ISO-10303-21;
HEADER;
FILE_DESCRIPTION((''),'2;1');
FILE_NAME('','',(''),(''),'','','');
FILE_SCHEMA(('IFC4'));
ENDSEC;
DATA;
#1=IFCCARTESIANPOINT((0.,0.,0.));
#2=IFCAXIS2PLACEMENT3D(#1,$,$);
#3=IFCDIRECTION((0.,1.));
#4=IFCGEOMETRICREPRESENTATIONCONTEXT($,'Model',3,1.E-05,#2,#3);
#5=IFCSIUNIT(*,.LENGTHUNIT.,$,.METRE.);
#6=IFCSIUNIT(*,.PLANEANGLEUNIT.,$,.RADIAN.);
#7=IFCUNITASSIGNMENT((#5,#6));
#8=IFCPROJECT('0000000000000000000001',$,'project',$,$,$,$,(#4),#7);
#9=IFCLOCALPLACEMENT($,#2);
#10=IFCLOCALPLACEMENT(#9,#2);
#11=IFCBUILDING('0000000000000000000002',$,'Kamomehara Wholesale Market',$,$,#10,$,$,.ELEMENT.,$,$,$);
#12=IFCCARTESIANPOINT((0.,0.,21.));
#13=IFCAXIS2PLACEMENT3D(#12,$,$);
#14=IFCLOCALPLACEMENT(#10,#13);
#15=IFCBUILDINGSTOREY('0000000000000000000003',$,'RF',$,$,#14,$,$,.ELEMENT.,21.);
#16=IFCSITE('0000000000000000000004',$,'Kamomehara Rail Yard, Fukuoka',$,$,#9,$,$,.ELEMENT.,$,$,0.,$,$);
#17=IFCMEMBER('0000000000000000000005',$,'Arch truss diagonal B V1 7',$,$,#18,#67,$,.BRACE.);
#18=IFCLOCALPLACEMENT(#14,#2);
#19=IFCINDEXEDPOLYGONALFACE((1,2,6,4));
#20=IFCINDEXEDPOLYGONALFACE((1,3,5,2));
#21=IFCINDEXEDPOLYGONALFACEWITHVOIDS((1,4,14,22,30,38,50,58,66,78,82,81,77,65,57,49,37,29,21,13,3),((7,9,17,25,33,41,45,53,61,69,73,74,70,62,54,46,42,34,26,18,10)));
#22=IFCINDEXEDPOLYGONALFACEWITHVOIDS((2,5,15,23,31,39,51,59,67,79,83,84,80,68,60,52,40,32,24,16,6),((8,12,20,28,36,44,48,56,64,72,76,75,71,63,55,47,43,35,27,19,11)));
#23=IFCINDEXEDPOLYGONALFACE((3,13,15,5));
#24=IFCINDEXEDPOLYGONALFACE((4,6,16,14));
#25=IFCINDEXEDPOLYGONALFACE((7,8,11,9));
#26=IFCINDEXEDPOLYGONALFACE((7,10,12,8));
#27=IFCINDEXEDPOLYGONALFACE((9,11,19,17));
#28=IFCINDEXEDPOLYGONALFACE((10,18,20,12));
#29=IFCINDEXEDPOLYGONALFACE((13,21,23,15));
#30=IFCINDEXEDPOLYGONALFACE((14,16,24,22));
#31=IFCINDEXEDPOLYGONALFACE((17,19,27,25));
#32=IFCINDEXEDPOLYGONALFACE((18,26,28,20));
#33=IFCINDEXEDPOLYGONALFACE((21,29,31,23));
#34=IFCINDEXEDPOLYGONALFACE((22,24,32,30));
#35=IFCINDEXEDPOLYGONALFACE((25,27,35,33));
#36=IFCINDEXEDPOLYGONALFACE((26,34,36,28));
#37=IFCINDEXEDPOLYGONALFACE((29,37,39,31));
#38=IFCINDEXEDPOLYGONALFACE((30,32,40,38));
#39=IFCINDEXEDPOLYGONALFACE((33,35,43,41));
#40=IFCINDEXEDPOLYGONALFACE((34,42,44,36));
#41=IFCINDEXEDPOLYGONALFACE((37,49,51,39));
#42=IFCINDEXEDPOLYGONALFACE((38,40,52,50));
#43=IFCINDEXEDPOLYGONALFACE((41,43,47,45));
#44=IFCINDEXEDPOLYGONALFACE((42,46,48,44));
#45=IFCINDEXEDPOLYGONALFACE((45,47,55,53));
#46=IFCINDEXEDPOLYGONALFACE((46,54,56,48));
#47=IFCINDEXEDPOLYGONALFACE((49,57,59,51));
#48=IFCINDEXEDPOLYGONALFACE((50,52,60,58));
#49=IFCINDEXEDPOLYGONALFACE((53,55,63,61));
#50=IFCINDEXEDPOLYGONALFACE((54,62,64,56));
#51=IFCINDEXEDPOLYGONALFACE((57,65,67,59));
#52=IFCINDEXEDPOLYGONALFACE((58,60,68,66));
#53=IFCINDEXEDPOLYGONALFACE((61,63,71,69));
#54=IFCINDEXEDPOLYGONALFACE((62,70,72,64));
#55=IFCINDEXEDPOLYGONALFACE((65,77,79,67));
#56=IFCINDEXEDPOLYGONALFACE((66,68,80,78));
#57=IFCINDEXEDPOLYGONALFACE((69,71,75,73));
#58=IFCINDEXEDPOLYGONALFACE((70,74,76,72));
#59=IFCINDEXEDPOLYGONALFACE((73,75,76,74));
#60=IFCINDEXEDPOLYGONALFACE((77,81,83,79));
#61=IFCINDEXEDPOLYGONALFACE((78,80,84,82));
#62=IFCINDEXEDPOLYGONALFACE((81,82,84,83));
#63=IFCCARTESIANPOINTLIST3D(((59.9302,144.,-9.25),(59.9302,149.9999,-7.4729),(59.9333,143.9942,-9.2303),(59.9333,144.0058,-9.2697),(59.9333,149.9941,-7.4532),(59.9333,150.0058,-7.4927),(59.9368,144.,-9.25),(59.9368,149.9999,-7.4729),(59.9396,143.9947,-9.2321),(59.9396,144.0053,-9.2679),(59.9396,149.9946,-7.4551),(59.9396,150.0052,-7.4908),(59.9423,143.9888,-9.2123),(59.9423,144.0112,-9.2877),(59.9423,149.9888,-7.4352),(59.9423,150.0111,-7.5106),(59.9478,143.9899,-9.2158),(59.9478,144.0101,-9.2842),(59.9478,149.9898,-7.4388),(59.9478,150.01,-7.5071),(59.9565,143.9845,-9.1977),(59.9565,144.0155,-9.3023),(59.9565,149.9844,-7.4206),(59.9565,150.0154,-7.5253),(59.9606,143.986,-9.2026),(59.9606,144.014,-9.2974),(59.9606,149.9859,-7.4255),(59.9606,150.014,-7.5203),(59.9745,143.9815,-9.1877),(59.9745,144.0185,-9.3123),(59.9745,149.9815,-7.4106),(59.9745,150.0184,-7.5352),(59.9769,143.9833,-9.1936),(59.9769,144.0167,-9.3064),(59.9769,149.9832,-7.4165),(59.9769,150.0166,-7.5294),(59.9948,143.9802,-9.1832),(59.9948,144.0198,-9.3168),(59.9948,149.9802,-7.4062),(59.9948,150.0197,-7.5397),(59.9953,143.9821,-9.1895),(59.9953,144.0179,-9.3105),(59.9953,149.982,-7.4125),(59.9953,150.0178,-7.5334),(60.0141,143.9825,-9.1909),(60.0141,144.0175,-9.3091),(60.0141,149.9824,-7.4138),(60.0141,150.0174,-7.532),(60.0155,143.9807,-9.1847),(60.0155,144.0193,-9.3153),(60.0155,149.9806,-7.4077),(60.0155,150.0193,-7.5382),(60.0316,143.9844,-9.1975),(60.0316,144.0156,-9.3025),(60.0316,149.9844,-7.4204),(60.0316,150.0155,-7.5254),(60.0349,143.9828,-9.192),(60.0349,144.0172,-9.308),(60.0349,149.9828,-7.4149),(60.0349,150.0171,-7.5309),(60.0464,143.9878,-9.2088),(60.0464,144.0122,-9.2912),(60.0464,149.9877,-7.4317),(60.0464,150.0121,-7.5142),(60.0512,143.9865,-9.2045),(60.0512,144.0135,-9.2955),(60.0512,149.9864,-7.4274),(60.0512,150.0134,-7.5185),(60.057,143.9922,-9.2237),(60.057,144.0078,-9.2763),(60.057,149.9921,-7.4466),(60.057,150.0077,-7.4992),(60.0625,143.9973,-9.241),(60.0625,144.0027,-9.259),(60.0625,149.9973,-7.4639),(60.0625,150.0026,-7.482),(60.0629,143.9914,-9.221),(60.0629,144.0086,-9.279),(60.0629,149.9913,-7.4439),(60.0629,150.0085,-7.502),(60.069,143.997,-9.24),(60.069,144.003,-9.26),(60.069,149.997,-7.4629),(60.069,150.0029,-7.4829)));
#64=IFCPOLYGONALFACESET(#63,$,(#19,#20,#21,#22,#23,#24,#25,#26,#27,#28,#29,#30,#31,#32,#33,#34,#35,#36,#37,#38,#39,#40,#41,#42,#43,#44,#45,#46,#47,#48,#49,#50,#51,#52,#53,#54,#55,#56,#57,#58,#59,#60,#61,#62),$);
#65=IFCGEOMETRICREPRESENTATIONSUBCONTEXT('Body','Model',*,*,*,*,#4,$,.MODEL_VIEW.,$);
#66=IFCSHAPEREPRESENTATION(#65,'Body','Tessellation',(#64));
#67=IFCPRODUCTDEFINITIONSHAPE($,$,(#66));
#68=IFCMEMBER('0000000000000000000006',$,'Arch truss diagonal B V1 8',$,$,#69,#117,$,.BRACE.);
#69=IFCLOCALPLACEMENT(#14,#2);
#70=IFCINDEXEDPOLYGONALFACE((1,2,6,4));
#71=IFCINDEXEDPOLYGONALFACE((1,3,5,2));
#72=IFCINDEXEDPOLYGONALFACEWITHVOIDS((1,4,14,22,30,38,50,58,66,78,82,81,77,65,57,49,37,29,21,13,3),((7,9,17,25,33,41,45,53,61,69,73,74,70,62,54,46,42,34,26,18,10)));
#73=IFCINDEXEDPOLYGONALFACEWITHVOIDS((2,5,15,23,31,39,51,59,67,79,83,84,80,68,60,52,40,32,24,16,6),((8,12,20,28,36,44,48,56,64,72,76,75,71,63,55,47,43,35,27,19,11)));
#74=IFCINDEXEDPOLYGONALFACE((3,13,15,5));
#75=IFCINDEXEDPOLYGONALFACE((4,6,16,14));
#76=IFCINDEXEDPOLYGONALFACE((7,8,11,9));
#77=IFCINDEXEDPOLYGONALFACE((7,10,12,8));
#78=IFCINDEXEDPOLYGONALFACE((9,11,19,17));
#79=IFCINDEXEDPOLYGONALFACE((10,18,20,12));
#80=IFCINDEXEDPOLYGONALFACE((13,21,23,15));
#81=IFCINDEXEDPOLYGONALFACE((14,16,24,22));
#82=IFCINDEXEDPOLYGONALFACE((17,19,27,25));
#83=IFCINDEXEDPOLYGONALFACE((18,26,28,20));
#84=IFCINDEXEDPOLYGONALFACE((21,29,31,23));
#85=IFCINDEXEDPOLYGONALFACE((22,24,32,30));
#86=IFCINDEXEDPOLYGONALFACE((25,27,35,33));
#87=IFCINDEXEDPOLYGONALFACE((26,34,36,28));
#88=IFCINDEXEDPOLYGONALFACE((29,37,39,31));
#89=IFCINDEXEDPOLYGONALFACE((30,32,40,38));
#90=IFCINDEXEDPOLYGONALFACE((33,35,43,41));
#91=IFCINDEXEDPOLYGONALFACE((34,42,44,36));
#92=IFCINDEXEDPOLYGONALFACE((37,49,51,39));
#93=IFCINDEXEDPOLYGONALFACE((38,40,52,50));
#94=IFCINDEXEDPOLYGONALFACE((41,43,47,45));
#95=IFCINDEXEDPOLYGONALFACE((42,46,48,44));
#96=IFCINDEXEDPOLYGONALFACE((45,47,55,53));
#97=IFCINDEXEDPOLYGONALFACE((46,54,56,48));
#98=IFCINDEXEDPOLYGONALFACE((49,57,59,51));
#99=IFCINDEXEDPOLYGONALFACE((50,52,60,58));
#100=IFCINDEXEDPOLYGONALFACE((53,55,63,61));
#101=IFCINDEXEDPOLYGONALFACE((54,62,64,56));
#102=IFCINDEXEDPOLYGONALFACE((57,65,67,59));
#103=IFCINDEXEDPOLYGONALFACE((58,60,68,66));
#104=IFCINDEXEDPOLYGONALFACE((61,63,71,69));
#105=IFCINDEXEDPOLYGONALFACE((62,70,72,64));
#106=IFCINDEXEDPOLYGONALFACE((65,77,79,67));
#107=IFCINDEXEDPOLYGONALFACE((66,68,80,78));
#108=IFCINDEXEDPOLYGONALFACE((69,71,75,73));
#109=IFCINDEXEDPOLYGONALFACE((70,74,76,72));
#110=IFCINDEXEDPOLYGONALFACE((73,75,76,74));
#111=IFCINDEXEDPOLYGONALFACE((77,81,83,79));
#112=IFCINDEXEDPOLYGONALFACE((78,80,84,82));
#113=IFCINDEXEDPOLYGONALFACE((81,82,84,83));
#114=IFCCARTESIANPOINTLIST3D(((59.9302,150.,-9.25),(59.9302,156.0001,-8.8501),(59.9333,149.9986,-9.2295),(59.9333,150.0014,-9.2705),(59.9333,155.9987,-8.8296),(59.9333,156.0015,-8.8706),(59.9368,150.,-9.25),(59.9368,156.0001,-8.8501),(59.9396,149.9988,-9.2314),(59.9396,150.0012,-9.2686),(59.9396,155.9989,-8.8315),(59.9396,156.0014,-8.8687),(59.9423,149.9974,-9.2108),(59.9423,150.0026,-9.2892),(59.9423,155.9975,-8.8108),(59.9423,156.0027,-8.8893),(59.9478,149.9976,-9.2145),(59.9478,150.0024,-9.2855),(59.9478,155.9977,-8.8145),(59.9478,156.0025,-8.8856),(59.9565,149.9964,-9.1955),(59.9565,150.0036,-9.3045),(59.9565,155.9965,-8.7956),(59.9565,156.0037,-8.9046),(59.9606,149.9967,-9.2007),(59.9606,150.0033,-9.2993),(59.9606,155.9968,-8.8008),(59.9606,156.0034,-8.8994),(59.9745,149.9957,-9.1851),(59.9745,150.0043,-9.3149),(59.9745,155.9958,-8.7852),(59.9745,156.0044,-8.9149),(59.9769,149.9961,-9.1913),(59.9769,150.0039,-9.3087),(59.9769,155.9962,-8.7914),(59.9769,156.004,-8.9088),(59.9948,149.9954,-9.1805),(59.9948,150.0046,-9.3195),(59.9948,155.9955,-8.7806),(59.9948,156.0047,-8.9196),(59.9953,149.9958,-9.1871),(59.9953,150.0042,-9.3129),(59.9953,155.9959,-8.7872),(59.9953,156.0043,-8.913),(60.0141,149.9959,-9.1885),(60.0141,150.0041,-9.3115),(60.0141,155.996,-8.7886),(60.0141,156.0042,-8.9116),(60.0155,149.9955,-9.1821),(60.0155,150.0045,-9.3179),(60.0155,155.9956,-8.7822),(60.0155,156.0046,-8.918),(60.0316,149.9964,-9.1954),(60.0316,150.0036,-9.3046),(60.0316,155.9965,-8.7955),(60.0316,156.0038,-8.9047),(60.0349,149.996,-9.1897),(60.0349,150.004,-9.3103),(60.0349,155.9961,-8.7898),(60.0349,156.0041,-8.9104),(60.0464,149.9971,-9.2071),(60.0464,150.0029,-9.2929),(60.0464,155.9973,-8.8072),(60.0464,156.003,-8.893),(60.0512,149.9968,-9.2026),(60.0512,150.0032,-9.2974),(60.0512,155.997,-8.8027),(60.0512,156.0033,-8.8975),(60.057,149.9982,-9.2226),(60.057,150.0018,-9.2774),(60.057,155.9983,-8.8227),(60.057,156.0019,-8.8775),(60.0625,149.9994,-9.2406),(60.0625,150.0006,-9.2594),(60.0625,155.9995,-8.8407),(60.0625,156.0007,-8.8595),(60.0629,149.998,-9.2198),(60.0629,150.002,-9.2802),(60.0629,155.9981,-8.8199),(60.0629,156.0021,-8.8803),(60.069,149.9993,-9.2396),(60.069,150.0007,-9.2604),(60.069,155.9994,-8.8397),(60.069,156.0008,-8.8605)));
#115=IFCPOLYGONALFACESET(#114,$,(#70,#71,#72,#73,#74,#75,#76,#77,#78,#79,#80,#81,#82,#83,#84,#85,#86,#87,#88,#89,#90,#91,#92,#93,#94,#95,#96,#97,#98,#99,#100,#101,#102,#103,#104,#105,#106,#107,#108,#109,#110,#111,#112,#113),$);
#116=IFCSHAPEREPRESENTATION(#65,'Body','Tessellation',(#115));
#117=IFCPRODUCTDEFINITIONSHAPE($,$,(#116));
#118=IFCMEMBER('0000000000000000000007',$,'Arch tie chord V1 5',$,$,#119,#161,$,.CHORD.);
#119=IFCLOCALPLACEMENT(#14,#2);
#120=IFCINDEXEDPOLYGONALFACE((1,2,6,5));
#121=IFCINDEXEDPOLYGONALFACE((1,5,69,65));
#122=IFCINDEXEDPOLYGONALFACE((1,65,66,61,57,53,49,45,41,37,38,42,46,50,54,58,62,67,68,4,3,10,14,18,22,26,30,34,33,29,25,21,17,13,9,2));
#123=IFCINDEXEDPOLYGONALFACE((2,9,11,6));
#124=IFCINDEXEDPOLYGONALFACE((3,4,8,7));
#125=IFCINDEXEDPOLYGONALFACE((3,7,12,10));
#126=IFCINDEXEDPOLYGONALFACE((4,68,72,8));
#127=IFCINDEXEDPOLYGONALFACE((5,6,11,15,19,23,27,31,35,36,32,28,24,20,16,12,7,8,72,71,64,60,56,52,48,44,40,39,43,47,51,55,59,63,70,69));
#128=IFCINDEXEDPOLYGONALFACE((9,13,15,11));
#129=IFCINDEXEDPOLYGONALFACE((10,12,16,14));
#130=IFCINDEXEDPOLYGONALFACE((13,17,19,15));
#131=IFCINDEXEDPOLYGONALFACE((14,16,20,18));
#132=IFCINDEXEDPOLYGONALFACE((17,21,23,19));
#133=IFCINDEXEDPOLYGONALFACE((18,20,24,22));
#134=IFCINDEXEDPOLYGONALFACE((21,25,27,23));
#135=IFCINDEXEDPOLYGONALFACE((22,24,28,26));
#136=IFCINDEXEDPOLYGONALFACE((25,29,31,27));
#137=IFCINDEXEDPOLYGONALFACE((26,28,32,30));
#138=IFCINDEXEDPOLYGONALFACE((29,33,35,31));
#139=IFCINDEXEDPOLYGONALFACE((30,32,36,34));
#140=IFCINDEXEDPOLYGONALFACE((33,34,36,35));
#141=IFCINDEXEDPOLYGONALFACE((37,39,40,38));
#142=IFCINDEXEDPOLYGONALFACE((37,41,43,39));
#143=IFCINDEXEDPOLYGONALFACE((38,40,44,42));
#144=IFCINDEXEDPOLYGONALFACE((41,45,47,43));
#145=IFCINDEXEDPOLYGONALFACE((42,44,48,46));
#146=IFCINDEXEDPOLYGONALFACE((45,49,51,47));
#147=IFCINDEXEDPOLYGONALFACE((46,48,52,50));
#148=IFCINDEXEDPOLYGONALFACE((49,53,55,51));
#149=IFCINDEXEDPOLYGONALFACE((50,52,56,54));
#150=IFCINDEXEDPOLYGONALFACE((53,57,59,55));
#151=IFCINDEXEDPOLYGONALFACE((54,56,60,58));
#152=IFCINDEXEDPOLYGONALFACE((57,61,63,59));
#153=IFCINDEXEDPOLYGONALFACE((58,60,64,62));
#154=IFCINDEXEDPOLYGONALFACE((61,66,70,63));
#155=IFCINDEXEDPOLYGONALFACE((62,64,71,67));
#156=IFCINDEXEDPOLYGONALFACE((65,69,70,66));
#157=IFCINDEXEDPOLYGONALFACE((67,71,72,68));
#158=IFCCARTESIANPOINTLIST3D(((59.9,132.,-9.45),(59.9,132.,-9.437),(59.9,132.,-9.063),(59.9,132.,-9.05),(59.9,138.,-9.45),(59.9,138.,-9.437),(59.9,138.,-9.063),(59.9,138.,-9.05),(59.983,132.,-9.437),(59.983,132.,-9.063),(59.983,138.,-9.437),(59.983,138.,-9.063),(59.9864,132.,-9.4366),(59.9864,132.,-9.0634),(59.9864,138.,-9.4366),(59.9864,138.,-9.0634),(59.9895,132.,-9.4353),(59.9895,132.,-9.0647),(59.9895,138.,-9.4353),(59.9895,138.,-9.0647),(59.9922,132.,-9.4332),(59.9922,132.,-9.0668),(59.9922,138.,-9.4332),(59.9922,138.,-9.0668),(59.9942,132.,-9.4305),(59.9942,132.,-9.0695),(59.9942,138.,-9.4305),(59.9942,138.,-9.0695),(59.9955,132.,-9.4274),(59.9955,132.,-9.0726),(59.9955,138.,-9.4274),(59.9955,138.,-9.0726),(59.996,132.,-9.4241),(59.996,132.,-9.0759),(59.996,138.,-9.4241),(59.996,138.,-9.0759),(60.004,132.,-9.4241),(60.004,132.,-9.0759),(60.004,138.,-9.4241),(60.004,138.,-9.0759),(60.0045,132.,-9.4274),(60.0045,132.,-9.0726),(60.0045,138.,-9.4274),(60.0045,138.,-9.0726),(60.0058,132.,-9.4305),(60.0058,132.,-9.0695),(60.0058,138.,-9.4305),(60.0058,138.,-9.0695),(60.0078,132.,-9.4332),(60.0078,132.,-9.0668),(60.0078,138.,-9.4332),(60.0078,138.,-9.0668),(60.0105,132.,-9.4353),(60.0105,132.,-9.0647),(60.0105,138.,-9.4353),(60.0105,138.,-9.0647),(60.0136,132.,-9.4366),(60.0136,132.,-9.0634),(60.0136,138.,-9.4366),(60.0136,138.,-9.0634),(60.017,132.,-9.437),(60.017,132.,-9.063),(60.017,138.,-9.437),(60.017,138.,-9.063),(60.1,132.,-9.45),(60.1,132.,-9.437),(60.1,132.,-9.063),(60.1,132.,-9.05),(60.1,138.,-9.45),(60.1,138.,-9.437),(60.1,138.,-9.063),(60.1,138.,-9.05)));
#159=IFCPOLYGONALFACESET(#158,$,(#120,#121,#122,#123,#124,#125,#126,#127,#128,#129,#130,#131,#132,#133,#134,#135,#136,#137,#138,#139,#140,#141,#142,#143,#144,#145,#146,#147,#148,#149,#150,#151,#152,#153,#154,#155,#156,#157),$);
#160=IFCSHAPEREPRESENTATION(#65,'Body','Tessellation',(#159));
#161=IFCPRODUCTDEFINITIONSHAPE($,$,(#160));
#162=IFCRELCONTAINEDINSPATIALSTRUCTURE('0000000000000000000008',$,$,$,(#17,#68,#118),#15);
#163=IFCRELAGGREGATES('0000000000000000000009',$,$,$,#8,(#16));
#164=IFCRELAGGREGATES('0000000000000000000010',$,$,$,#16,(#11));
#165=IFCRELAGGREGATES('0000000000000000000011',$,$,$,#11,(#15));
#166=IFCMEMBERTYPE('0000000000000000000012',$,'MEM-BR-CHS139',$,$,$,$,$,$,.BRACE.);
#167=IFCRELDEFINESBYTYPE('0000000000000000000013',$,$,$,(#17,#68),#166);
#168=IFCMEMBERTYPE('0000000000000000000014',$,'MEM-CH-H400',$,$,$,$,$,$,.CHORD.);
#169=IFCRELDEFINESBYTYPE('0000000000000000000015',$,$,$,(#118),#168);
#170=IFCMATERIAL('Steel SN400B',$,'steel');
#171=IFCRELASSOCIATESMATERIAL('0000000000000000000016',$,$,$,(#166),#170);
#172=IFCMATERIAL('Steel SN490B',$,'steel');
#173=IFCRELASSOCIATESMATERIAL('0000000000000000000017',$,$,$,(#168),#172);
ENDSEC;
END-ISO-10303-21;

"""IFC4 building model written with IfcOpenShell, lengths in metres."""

from ifc_helpers import new_model, si_unit, direction, frame, origin, origin_2d, place, context, subcontext, project, spatial, hollow_circle, i_section, extrude, material, material_profile, profile_set, type_object, element, save


model = new_model("IFC4")

# Units and contexts
model_context = context("Model", 3, precision=1e-05, world=origin(), true_north=direction((0.0, 1.0)))
body_context = subcontext(model_context, "Body", "Model", "MODEL_VIEW")
ifc_project = project(units=[si_unit("LENGTHUNIT", "METRE"), si_unit("PLANEANGLEUNIT", "RADIAN")], contexts=[model_context])

# Site, building, storey
site_placement = place(None, origin())
site = spatial("IfcSite", under=ifc_project, at=site_placement, Name="Kamomehara Rail Yard, Fukuoka", CompositionType="ELEMENT", RefElevation=0.0)
building_placement = place(site_placement, origin())
building = spatial("IfcBuilding", under=site, at=building_placement, Name="Kamomehara Wholesale Market", CompositionType="ELEMENT")
storey_placement = place(building_placement, frame((0.0, 0.0, 21.0)))
storey = spatial("IfcBuildingStorey", under=building, at=storey_placement, Name="RF", CompositionType="ELEMENT", Elevation=21.0)

# Members
ifc_material_1 = material(Name="Steel SN400B", Category="steel")
ifc_material_profile_1 = material_profile(ifc_material_1, hollow_circle(Radius=0.0698, WallThickness=0.0066, at=origin_2d()), Name="CHS-139.8x6.6")
ifc_profile_set_1 = profile_set([ifc_material_profile_1], Name="Steel SN400B")
member_type_1 = type_object("IfcMemberType", Name="MEM-BR-CHS139", PredefinedType="BRACE", material=ifc_profile_set_1)
member_1_placement = place(storey_placement, frame((60.0, 144.0, -9.25), z_axis=(0.0, 0.958828, 0.283989), x_axis=(-1.0, 0.0, 0.0)))
element("IfcMember", 1, at=member_1_placement, inside=storey, type_object=member_type_1, Name="Arch truss diagonal B V1 7", PredefinedType="BRACE", context=body_context, shape_type="SweptSolid", body=[
    extrude(hollow_circle(Radius=0.0698, WallThickness=0.0066, at=origin_2d()), origin(), (0.0, 0.0, 1.0), 6.2576),
])
member_2_placement = place(storey_placement, frame((60.0, 150.0, -9.25), z_axis=(0.0, 0.997786, 0.066503), x_axis=(-1.0, 0.0, 0.0)))
element("IfcMember", 2, at=member_2_placement, inside=storey, type_object=member_type_1, Name="Arch truss diagonal B V1 8", PredefinedType="BRACE", context=body_context, shape_type="SweptSolid", body=[
    extrude(hollow_circle(Radius=0.0698, WallThickness=0.0066, at=origin_2d()), origin(), (0.0, 0.0, 1.0), 6.0134),
])
ifc_material_2 = material(Name="Steel SN490B", Category="steel")
ifc_material_profile_2 = material_profile(ifc_material_2, i_section(OverallWidth=0.2, OverallDepth=0.3999, WebThickness=0.0081, FlangeThickness=0.0129, FilletRadius=0.0129, at=origin_2d()), Name="H-400x200x8x13")
ifc_profile_set_2 = profile_set([ifc_material_profile_2], Name="Steel SN490B")
member_type_2 = type_object("IfcMemberType", Name="MEM-CH-H400", PredefinedType="CHORD", material=ifc_profile_set_2)
for number, where, z_axis, x_axis, name in (
    (3, (60.0, 132.0, -9.25), (0.0, 1.0, 0.0), (-1.0, 0.0, 0.0), "Arch tie chord V1 5"),
):
    element("IfcMember", number, at=place(storey_placement, frame(where, z_axis=z_axis, x_axis=x_axis)), inside=storey, type_object=member_type_2, Name=name, PredefinedType="CHORD", context=body_context, shape_type="SweptSolid", body=[
        extrude(i_section(OverallWidth=0.2, OverallDepth=0.3999, WebThickness=0.0081, FlangeThickness=0.0129, FilletRadius=0.0129, at=origin_2d()), origin(), (0.0, 0.0, 1.0), 6.0),
    ])

save(model, "model.ifc")
